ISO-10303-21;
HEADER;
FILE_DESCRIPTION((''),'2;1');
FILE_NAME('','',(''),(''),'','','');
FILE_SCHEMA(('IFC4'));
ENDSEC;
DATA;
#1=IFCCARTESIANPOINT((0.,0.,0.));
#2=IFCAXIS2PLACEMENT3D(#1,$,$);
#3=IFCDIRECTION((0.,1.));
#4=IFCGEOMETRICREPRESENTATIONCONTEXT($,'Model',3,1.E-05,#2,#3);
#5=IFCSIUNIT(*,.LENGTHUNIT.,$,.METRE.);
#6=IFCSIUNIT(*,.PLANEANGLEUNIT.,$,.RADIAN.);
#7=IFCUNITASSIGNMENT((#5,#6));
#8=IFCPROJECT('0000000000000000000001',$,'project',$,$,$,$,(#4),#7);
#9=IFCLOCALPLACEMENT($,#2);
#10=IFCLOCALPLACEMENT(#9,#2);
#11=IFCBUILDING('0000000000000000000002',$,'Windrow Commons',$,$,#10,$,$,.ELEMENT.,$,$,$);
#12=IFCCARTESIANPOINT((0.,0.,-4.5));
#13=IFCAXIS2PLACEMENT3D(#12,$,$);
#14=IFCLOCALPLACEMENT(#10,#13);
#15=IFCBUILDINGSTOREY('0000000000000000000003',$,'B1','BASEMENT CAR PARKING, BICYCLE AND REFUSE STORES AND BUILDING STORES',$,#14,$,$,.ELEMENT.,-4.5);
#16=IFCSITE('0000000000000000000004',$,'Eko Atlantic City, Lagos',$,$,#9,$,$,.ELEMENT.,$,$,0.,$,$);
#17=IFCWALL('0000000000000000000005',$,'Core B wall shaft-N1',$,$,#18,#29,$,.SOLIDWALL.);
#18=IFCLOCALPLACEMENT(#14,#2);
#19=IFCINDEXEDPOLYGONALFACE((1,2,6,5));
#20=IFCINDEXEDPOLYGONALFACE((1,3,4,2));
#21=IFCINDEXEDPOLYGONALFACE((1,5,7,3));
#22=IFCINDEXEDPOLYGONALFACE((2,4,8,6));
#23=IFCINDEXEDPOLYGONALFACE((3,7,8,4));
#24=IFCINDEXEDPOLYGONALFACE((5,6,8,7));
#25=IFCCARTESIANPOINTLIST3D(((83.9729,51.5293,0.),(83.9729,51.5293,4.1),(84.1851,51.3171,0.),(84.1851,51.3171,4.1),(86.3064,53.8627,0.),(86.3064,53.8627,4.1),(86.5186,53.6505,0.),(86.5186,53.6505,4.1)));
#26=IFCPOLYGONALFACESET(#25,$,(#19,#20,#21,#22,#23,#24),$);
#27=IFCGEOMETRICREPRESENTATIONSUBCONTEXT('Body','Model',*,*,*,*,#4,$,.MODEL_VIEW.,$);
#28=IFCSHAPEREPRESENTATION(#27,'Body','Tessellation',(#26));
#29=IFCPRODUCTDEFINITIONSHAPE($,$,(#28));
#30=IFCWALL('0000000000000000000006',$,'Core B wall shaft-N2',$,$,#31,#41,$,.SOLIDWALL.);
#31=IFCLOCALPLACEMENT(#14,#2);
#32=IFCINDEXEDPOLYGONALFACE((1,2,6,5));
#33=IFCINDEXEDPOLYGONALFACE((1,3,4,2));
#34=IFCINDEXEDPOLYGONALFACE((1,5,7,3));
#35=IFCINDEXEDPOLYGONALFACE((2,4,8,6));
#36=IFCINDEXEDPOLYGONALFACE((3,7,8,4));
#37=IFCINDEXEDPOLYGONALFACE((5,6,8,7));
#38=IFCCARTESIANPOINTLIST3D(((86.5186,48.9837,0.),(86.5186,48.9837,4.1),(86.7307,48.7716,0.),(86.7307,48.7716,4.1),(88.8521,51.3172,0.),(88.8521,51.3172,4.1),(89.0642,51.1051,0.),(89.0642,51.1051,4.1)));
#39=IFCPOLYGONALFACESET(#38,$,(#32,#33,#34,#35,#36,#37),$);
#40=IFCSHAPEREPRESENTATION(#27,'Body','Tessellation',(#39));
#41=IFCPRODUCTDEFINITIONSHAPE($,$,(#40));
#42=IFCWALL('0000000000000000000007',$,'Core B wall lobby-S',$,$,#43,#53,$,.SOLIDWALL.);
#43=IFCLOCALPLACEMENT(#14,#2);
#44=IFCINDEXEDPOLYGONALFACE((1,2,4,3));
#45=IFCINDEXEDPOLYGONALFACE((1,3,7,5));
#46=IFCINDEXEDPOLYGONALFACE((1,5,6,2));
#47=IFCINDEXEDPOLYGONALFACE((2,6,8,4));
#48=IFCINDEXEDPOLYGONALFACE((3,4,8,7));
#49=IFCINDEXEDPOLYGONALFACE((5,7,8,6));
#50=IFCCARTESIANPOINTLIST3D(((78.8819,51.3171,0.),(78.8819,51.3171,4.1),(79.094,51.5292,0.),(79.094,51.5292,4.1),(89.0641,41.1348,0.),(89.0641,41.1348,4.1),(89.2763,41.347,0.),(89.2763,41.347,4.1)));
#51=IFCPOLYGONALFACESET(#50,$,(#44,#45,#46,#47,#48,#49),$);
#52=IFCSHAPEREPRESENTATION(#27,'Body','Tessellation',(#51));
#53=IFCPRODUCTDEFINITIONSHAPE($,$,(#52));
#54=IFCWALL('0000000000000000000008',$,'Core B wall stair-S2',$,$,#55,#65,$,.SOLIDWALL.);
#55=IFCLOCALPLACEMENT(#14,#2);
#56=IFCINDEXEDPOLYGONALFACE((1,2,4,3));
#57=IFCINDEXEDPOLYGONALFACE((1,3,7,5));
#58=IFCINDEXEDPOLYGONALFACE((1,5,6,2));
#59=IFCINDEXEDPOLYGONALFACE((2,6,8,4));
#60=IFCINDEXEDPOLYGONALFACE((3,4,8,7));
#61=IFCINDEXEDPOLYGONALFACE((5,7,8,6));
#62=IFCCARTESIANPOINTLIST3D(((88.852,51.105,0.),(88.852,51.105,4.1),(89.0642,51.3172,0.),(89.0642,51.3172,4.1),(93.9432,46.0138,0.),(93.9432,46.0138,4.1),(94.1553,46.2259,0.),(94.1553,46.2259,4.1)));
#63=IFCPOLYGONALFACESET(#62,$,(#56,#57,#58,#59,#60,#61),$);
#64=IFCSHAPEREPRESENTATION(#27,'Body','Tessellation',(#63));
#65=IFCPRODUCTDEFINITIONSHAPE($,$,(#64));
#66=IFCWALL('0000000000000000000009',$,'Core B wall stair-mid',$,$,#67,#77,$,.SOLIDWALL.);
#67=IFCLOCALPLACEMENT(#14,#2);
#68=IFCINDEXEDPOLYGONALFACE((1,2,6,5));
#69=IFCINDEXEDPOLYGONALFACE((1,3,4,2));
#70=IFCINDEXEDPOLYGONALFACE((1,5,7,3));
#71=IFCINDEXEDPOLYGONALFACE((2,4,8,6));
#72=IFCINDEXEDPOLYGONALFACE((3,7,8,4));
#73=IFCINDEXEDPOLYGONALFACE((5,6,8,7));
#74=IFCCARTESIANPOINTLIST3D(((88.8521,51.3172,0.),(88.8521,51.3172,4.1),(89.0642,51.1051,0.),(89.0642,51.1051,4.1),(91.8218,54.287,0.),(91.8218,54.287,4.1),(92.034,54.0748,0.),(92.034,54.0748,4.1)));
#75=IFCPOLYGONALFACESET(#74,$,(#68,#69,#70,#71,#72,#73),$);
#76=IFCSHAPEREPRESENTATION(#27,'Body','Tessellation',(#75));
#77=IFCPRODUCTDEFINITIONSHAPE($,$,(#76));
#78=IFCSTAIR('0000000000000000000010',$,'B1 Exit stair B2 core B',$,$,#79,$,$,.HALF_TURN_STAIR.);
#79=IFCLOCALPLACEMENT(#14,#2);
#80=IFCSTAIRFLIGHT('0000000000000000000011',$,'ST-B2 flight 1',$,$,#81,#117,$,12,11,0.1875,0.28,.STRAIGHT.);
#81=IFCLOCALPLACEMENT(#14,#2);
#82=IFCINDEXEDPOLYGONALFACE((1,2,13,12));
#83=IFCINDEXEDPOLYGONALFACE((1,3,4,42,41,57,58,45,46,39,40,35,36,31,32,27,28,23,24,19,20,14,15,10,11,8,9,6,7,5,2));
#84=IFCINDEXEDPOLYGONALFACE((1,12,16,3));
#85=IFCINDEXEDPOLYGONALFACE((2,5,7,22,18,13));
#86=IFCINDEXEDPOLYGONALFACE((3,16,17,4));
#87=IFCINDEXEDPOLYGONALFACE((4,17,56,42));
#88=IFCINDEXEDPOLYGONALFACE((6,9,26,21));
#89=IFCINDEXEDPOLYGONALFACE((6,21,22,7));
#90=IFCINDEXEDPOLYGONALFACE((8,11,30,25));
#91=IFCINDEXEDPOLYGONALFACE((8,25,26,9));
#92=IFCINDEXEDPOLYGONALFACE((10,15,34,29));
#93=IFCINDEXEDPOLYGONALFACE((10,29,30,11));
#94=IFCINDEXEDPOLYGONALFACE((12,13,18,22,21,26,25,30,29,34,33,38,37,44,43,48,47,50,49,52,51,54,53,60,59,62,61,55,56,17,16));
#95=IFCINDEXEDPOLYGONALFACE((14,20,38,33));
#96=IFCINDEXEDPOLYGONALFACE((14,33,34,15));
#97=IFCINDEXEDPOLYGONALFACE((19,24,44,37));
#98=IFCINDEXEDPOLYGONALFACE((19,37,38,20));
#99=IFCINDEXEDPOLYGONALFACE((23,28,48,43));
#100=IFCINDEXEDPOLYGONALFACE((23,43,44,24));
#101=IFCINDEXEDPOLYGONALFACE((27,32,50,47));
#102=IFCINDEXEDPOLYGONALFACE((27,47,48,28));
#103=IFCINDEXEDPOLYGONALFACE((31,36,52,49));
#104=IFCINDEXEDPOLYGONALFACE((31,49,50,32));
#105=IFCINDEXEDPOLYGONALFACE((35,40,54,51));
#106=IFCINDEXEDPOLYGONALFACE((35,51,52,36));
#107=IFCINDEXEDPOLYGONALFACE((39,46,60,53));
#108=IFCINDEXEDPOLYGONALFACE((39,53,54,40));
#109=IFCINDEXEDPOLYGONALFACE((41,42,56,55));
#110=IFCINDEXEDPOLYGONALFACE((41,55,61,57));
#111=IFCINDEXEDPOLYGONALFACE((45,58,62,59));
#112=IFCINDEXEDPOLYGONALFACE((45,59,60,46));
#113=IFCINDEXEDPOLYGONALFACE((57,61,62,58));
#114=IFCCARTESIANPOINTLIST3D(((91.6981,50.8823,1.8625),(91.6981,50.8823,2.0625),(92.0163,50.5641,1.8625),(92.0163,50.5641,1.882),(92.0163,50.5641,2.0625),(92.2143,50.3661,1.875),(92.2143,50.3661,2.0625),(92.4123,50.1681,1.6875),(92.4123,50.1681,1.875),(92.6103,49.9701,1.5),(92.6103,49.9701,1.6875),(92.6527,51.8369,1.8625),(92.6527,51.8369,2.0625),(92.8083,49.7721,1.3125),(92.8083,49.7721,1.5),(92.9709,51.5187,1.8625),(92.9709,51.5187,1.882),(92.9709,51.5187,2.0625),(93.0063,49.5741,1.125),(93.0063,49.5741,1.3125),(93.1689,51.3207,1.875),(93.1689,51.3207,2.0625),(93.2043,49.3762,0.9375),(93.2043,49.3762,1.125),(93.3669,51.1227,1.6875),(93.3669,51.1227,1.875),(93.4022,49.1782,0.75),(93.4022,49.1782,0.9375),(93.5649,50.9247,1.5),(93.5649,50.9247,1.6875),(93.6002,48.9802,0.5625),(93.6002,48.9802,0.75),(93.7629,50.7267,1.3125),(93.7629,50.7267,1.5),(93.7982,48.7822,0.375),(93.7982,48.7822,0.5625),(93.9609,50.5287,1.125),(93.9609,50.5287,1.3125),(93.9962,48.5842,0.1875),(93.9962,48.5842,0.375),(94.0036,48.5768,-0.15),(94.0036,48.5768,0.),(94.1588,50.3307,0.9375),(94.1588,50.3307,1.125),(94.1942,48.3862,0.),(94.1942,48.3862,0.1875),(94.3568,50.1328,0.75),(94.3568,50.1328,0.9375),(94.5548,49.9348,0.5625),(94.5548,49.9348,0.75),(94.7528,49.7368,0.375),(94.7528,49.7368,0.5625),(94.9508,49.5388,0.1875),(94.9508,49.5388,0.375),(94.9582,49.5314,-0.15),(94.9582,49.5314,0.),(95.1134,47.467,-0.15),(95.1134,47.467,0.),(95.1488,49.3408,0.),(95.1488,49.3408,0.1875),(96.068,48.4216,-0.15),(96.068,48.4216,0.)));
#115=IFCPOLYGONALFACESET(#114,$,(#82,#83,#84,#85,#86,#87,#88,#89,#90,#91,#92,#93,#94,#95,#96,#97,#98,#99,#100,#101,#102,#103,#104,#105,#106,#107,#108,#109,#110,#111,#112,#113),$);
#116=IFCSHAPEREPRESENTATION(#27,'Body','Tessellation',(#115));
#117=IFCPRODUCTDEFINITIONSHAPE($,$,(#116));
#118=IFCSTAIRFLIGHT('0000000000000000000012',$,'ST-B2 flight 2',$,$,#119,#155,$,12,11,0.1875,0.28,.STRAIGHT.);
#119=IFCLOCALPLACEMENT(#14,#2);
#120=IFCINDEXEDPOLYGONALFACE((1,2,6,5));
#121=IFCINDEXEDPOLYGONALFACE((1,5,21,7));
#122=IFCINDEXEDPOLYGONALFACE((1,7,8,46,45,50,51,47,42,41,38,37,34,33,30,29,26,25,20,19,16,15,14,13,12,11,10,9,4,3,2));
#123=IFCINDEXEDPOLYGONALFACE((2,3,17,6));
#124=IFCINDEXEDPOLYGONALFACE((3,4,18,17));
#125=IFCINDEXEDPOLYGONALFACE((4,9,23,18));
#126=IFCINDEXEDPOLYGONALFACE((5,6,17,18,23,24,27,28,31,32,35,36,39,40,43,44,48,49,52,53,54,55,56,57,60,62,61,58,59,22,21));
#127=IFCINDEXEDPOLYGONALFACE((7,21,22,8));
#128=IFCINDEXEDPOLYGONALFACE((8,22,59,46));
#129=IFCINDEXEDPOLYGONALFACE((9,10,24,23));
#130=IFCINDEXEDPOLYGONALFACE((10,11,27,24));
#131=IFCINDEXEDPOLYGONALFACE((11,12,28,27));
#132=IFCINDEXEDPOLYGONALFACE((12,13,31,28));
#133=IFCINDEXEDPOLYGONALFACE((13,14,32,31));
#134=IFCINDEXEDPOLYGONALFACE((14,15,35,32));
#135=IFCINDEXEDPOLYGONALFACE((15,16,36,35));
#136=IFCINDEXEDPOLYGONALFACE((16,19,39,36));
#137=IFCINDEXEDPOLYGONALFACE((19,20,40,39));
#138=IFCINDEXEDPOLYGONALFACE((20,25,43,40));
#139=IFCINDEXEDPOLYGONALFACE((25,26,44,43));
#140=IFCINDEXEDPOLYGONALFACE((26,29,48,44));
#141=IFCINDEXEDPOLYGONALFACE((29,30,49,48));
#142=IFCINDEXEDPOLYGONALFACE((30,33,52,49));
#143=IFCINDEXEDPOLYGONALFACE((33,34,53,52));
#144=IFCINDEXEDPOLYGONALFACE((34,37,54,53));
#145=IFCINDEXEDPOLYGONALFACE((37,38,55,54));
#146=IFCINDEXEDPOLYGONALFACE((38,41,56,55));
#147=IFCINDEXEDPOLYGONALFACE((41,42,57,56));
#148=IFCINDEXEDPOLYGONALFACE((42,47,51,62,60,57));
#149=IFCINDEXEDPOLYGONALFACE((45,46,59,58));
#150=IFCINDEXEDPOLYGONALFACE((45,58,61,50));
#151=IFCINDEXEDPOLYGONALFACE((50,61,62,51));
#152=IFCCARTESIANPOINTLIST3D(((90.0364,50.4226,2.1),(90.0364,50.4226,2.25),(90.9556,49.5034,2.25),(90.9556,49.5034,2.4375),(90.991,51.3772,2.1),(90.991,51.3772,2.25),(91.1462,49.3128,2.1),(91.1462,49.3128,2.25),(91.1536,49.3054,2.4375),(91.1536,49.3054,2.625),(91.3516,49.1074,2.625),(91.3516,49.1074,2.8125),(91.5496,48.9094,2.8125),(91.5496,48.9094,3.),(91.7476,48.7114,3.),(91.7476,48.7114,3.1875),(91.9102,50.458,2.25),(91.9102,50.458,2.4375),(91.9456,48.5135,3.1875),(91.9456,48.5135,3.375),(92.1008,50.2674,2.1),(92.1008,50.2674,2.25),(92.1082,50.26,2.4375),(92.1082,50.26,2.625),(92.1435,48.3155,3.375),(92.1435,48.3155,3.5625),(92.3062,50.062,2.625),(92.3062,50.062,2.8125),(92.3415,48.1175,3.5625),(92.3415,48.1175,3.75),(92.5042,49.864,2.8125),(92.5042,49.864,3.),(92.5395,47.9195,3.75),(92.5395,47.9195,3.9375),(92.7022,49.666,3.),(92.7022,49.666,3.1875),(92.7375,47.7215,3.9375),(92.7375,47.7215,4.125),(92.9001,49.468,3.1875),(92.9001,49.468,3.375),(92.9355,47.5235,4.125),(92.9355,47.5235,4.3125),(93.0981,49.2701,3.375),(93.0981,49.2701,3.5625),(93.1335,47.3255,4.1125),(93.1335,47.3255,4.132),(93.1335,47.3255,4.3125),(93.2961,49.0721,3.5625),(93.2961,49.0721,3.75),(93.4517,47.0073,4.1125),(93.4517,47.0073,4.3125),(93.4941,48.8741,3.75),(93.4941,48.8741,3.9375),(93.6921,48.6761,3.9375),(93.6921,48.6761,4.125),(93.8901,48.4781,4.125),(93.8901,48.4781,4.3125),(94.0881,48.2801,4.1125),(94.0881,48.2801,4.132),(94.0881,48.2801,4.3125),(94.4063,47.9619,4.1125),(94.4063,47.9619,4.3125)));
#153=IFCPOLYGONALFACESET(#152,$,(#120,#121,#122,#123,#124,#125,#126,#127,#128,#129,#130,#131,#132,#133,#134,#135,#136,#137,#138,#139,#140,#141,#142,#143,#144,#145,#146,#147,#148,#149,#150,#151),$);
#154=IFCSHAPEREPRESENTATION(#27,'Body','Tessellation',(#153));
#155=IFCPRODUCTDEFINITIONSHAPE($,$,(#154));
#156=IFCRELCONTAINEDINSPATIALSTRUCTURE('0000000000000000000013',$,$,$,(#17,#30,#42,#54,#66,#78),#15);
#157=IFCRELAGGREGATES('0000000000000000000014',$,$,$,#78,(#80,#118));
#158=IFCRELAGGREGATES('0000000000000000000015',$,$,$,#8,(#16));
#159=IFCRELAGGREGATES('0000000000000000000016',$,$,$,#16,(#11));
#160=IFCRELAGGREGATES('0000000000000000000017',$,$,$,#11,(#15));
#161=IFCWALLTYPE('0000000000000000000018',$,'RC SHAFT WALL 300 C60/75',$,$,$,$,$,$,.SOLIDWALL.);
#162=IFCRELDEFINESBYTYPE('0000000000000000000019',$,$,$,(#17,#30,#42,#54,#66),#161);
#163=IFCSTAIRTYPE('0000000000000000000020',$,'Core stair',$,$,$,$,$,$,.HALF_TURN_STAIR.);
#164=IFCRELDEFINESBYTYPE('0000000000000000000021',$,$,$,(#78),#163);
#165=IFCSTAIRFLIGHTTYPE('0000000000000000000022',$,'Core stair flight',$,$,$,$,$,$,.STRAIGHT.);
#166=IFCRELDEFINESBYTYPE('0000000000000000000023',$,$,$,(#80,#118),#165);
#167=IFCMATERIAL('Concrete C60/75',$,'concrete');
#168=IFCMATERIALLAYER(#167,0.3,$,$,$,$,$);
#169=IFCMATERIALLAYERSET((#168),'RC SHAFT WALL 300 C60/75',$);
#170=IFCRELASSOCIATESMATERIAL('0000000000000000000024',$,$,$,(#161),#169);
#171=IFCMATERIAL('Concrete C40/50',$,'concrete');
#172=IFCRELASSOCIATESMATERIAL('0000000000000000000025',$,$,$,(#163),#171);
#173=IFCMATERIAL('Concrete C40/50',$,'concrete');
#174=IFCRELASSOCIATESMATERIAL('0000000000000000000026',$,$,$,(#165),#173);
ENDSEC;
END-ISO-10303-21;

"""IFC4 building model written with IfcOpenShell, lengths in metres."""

from ifc_helpers import new_model, si_unit, direction, frame, frame_2d, origin, place, context, subcontext, project, spatial, polyline, rectangle, outline, extrude, material, layer, layer_set, type_object, element, aggregate, save


model = new_model("IFC4")

# Units and contexts
model_context = context("Model", 3, precision=1e-05, world=origin(), true_north=direction((0.0, 1.0)))
body_context = subcontext(model_context, "Body", "Model", "MODEL_VIEW")
ifc_project = project(units=[si_unit("LENGTHUNIT", "METRE"), si_unit("PLANEANGLEUNIT", "RADIAN")], contexts=[model_context])

# Site, building, storey
site_placement = place(None, origin())
site = spatial("IfcSite", under=ifc_project, at=site_placement, Name="Eko Atlantic City, Lagos", CompositionType="ELEMENT", RefElevation=0.0)
building_placement = place(site_placement, origin())
building = spatial("IfcBuilding", under=site, at=building_placement, Name="Windrow Commons", CompositionType="ELEMENT")
storey_placement = place(building_placement, frame((0.0, 0.0, -4.5)))
storey = spatial("IfcBuildingStorey", under=building, at=storey_placement, Name="B1", Description="BASEMENT CAR PARKING, BICYCLE AND REFUSE STORES AND BUILDING STORES", CompositionType="ELEMENT", Elevation=-4.5)

# Walls
ifc_material_1 = material(Name="Concrete C60/75", Category="concrete")
ifc_layer_1 = layer(ifc_material_1, 0.3)
ifc_layer_set_1 = layer_set([ifc_layer_1], Name="RC SHAFT WALL 300 C60/75")
wall_type_1 = type_object("IfcWallType", Name="RC SHAFT WALL 300 C60/75", PredefinedType="SOLIDWALL", material=ifc_layer_set_1)
wall_1_placement = place(storey_placement, frame((84.079, 51.4232, 0.0), z_axis=(0.0, 0.0, 1.0), x_axis=(0.707122, 0.707092, 0.0)))
element("IfcWall", 1, at=wall_1_placement, inside=storey, type_object=wall_type_1, Name="Core B wall shaft-N1", PredefinedType="SOLIDWALL", context=body_context, shape_type="SweptSolid", body=[
    extrude(rectangle(XDim=3.3, YDim=0.3, at=frame_2d((1.65, 0.0))), origin(), (0.0, 0.0, 1.0), 4.1),
])
wall_2_placement = place(storey_placement, frame((86.6246, 48.8776, 0.0), z_axis=(0.0, 0.0, 1.0), x_axis=(0.707107, 0.707107, 0.0)))
element("IfcWall", 2, at=wall_2_placement, inside=storey, type_object=wall_type_1, Name="Core B wall shaft-N2", PredefinedType="SOLIDWALL", context=body_context, shape_type="SweptSolid", body=[
    extrude(rectangle(XDim=3.3001, YDim=0.3, at=frame_2d((1.6501, 0.0))), origin(), (0.0, 0.0, 1.0), 4.1),
])
wall_3_placement = place(storey_placement, frame((78.9879, 51.4232, 0.0), z_axis=(0.0, 0.0, 1.0), x_axis=(0.707107, -0.707107, 0.0)))
element("IfcWall", 3, at=wall_3_placement, inside=storey, type_object=wall_type_1, Name="Core B wall lobby-S", PredefinedType="SOLIDWALL", context=body_context, shape_type="SweptSolid", body=[
    extrude(rectangle(XDim=14.3999, YDim=0.3, at=frame_2d((7.2, 0.0))), origin(), (0.0, 0.0, 1.0), 4.1),
])
wall_4_placement = place(storey_placement, frame((88.9581, 51.2111, 0.0), z_axis=(0.0, 0.0, 1.0), x_axis=(0.7071, -0.707114, 0.0)))
element("IfcWall", 4, at=wall_4_placement, inside=storey, type_object=wall_type_1, Name="Core B wall stair-S2", PredefinedType="SOLIDWALL", context=body_context, shape_type="SweptSolid", body=[
    extrude(rectangle(XDim=7.2, YDim=0.3, at=frame_2d((3.6, 0.0))), origin(), (0.0, 0.0, 1.0), 4.1),
])
wall_5_placement = place(storey_placement, frame((88.9581, 51.2111, 0.0), z_axis=(0.0, 0.0, 1.0), x_axis=(0.707107, 0.707107, 0.0)))
element("IfcWall", 5, at=wall_5_placement, inside=storey, type_object=wall_type_1, Name="Core B wall stair-mid", PredefinedType="SOLIDWALL", context=body_context, shape_type="SweptSolid", body=[
    extrude(rectangle(XDim=4.1999, YDim=0.3, at=frame_2d((2.1, 0.0))), origin(), (0.0, 0.0, 1.0), 4.1),
])

# Stair, stair flights
ifc_material_2 = material(Name="Concrete C40/50", Category="concrete")
stair_type = type_object("IfcStairType", Name="Core stair", PredefinedType="HALF_TURN_STAIR", material=ifc_material_2)
stair_placement = place(storey_placement, origin())
stair = element("IfcStair", 6, at=stair_placement, inside=storey, type_object=stair_type, Name="B1 Exit stair B2 core B", PredefinedType="HALF_TURN_STAIR")
ifc_material_3 = material(Name="Concrete C40/50", Category="concrete")
stair_flight_type = type_object("IfcStairFlightType", Name="Core stair flight", PredefinedType="STRAIGHT", material=ifc_material_3)
stair_flight_1_placement = place(storey_placement, frame((94.6715, 48.8635, 0.0), z_axis=(0.0, 0.0, 1.0), x_axis=(-0.707107, 0.707107, 0.0)))
stair_flight_1 = element("IfcStairFlight", 7, at=stair_flight_1_placement, type_object=stair_flight_type, Name="ST-B2 flight 1", NumberOfRisers=12, NumberOfTreads=11, PredefinedType="STRAIGHT", RiserHeight=0.1875, TreadLength=0.28, context=body_context, shape_type="SweptSolid", body=[
    extrude(outline(polyline([(-1.3, -0.15), (-1.3, 0.0), (0.0, 0.0), (0.0, 0.1875), (0.28, 0.1875), (0.28, 0.375), (0.56, 0.375), (0.56, 0.5625), (0.84, 0.5625), (0.84, 0.75), (1.12, 0.75), (1.12, 0.9375), (1.4, 0.9375), (1.4, 1.125), (1.68, 1.125), (1.68, 1.3125), (1.96, 1.3125), (1.96, 1.5), (2.24, 1.5), (2.24, 1.6875), (2.52, 1.6875), (2.52, 1.875), (2.8, 1.875), (2.8, 2.0625), (3.08, 2.0625), (3.53, 2.0625), (3.53, 1.8625), (3.08, 1.8625), (3.08, 1.882), (0.2696, 0.0), (0.2696, -0.15), (-1.3, -0.15)])), frame((0.0, 0.675, 0.0), z_axis=(0.0, -1.0, 0.0), x_axis=(1.0, 0.0, 0.0)), (0.0, 0.0, 1.0), 1.35),
])
stair_flight_2_placement = place(storey_placement, frame((91.4329, 49.9807, 2.25), z_axis=(0.0, 0.0, 1.0), x_axis=(0.707107, -0.707107, 0.0)))
stair_flight_2 = element("IfcStairFlight", 8, at=stair_flight_2_placement, type_object=stair_flight_type, Name="ST-B2 flight 2", NumberOfRisers=12, NumberOfTreads=11, PredefinedType="STRAIGHT", RiserHeight=0.1875, TreadLength=0.28, context=body_context, shape_type="SweptSolid", body=[
    extrude(outline(polyline([(-1.3, -0.15), (-1.3, 0.0), (0.0, 0.0), (0.0, 0.1875), (0.28, 0.1875), (0.28, 0.375), (0.56, 0.375), (0.56, 0.5625), (0.84, 0.5625), (0.84, 0.75), (1.12, 0.75), (1.12, 0.9375), (1.4, 0.9375), (1.4, 1.125), (1.68, 1.125), (1.68, 1.3125), (1.96, 1.3125), (1.96, 1.5), (2.24, 1.5), (2.24, 1.6875), (2.52, 1.6875), (2.52, 1.875), (2.8, 1.875), (2.8, 2.0625), (3.08, 2.0625), (3.53, 2.0625), (3.53, 1.8625), (3.08, 1.8625), (3.08, 1.882), (0.2696, 0.0), (0.2696, -0.15), (-1.3, -0.15)])), frame((0.0, 0.675, 0.0), z_axis=(0.0, -1.0, 0.0), x_axis=(1.0, 0.0, 0.0)), (0.0, 0.0, 1.0), 1.35),
])
aggregate(stair, [stair_flight_1, stair_flight_2])

save(model, "model.ifc")
